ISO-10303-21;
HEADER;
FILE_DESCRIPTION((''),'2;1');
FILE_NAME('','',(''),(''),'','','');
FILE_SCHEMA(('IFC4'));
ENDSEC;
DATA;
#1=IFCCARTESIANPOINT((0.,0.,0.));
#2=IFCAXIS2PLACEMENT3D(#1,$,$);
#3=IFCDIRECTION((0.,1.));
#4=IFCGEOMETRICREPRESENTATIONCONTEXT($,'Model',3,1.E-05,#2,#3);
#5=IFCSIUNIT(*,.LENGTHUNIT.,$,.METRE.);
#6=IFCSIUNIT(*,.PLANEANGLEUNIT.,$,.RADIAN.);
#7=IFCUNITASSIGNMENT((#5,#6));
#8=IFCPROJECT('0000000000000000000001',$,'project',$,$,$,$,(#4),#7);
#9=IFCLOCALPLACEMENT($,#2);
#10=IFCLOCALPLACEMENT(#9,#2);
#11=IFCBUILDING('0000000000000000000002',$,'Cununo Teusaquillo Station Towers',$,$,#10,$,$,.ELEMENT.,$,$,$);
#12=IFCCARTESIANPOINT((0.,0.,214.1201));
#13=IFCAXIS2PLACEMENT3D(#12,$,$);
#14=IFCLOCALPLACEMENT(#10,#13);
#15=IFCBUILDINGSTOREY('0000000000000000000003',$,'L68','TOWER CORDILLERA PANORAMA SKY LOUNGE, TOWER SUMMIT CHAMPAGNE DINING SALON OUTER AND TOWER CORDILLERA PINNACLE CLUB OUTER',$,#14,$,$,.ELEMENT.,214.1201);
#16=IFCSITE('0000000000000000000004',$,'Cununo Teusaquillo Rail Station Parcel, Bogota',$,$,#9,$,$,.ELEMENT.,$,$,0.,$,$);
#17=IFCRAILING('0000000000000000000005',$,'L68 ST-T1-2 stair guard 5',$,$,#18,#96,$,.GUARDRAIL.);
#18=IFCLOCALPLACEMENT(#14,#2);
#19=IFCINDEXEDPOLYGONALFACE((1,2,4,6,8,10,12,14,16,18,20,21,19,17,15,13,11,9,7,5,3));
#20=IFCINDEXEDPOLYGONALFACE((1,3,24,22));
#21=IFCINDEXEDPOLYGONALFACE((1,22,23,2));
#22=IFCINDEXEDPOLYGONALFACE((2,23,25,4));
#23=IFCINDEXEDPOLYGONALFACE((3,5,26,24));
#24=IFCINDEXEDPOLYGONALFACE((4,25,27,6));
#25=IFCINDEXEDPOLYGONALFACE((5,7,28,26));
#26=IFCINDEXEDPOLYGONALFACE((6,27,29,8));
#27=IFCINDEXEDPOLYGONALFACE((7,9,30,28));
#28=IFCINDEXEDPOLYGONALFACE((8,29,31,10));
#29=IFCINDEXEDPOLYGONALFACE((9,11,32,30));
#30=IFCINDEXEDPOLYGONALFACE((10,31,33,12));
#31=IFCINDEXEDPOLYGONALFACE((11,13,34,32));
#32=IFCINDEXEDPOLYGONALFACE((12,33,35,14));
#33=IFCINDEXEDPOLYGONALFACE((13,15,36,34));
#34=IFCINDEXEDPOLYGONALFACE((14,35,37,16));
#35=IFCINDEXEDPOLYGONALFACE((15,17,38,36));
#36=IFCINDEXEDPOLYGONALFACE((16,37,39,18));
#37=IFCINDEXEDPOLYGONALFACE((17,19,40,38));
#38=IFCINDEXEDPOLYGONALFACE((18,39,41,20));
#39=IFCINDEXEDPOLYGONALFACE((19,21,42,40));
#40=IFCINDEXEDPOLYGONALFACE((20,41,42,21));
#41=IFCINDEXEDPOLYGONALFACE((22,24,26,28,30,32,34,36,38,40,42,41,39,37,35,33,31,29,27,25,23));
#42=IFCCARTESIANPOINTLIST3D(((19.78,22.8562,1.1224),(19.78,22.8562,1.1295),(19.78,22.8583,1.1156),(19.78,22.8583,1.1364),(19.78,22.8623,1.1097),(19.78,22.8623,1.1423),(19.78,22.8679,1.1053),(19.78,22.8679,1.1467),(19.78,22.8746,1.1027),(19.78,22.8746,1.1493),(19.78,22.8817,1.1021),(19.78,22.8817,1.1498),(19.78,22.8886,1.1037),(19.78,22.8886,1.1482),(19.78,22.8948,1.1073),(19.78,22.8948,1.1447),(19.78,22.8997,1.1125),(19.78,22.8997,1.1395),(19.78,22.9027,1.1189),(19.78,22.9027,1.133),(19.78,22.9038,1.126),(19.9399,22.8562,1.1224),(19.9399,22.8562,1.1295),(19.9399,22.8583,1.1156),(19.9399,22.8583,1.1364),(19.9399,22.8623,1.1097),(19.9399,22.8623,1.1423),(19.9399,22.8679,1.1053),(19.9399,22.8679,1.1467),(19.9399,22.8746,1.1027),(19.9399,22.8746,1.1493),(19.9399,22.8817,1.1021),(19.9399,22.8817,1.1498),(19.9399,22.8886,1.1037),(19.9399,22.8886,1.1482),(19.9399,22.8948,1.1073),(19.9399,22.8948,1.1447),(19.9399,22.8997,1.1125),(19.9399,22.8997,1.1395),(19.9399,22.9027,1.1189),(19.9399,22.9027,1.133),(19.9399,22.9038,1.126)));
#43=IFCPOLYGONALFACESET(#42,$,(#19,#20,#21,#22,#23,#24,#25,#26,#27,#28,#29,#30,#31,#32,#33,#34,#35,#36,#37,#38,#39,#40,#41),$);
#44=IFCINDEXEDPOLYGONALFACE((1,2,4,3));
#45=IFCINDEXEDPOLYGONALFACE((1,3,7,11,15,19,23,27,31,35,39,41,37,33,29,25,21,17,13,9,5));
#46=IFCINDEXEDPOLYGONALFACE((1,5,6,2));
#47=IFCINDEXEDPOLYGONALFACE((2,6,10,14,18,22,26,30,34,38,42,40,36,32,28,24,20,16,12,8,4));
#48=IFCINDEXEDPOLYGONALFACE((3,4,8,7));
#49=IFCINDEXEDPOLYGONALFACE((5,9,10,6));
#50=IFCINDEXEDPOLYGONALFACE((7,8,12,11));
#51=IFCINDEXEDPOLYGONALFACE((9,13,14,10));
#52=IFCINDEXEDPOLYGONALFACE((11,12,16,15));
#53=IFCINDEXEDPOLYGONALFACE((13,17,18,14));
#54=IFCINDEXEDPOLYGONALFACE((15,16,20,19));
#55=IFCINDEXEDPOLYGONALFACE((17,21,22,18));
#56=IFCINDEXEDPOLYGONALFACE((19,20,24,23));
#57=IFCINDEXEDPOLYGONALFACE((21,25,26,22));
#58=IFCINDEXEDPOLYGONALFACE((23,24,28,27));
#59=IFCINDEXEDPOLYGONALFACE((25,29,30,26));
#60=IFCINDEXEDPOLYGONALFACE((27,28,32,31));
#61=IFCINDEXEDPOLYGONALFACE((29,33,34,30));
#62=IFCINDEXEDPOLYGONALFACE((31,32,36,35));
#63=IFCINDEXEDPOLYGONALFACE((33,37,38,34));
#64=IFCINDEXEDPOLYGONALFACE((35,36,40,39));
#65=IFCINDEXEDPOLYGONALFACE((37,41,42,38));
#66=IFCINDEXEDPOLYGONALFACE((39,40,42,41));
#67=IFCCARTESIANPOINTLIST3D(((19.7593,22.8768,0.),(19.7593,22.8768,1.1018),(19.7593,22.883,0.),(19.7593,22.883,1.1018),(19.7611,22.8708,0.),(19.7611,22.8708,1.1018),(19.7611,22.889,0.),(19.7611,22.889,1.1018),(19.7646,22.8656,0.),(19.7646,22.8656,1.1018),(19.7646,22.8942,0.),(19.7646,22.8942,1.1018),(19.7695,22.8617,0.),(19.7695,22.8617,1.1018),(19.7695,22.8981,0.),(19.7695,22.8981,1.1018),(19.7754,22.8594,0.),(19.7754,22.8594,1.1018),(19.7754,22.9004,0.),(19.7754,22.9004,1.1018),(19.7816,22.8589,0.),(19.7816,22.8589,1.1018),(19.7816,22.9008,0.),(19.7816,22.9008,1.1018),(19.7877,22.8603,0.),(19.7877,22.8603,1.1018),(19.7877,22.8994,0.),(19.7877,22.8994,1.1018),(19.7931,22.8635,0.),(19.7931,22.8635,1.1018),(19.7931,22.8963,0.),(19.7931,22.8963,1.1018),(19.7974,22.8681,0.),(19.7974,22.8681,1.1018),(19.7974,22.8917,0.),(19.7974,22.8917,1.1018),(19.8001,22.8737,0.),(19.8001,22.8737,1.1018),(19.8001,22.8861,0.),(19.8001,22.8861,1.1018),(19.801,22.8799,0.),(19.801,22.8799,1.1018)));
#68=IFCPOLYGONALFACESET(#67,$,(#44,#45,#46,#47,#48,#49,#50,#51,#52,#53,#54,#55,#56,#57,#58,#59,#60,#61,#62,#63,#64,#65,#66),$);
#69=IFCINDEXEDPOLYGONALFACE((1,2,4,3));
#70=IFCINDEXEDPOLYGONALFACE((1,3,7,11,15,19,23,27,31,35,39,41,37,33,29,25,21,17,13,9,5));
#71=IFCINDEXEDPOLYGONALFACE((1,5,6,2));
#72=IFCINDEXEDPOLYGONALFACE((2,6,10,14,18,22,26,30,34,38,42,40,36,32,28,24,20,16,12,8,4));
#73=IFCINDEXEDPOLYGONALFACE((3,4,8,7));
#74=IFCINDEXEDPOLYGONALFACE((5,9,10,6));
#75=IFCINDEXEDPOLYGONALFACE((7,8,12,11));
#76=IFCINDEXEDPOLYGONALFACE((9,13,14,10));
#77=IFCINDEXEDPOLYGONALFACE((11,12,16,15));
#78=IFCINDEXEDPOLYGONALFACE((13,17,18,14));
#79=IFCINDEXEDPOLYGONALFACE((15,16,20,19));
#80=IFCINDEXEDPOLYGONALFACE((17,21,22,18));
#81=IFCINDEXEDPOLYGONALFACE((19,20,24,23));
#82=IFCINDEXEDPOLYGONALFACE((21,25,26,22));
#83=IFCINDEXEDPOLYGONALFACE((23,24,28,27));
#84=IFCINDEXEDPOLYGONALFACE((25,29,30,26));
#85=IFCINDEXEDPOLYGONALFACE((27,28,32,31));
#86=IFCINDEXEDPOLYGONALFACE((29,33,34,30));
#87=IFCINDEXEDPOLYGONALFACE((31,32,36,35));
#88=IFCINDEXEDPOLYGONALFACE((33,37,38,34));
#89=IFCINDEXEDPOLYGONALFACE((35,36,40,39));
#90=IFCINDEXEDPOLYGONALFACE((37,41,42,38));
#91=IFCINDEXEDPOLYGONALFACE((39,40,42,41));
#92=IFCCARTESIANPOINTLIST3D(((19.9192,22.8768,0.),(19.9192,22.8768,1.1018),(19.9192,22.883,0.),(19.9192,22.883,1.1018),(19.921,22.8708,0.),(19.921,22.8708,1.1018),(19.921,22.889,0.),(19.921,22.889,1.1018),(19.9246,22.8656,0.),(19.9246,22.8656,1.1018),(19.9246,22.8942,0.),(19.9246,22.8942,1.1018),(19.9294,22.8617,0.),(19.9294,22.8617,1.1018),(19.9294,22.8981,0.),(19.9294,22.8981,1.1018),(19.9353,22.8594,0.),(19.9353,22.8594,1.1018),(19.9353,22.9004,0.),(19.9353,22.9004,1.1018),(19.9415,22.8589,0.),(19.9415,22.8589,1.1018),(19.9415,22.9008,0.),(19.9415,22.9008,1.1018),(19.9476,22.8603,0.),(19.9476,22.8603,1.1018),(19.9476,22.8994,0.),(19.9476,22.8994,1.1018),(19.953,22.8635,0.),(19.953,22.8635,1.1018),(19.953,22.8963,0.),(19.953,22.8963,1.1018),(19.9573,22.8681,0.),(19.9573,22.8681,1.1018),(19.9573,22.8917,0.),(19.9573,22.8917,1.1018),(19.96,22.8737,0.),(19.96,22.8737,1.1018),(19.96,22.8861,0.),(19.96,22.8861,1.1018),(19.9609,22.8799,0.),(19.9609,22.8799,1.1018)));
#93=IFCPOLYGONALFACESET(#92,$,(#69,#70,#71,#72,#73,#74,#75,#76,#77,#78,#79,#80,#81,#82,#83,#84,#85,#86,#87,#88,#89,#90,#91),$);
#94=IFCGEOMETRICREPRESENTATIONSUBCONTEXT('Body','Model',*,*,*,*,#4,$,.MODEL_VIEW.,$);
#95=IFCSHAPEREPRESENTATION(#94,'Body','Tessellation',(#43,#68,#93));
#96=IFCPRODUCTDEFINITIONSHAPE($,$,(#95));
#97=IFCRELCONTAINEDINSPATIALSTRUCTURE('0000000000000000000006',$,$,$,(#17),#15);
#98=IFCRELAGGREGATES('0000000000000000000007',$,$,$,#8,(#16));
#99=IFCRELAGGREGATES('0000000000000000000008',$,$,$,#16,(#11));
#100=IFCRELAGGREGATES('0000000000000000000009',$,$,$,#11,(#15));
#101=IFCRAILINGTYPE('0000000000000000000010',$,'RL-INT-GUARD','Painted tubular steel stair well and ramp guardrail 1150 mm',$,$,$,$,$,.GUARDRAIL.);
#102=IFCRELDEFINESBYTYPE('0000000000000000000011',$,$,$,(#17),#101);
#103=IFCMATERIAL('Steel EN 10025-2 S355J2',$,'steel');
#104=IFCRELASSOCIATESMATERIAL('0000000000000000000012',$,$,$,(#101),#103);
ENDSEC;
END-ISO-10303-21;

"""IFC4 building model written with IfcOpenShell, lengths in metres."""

from ifc_helpers import new_model, si_unit, direction, frame, origin, origin_2d, place, context, subcontext, project, spatial, circle, extrude, material, type_object, element, save


model = new_model("IFC4")

# Units and contexts
model_context = context("Model", 3, precision=1e-05, world=origin(), true_north=direction((0.0, 1.0)))
body_context = subcontext(model_context, "Body", "Model", "MODEL_VIEW")
ifc_project = project(units=[si_unit("LENGTHUNIT", "METRE"), si_unit("PLANEANGLEUNIT", "RADIAN")], contexts=[model_context])

# Site, building, storey
site_placement = place(None, origin())
site = spatial("IfcSite", under=ifc_project, at=site_placement, Name="Cununo Teusaquillo Rail Station Parcel, Bogota", CompositionType="ELEMENT", RefElevation=0.0)
building_placement = place(site_placement, origin())
building = spatial("IfcBuilding", under=site, at=building_placement, Name="Cununo Teusaquillo Station Towers", CompositionType="ELEMENT")
storey_placement = place(building_placement, frame((0.0, 0.0, 214.1201)))
storey = spatial("IfcBuildingStorey", under=building, at=storey_placement, Name="L68", Description="TOWER CORDILLERA PANORAMA SKY LOUNGE, TOWER SUMMIT CHAMPAGNE DINING SALON OUTER AND TOWER CORDILLERA PINNACLE CLUB OUTER", CompositionType="ELEMENT", Elevation=214.1201)

# Railing
ifc_material_1 = material(Name="Steel EN 10025-2 S355J2", Category="steel")
railing_type_1 = type_object("IfcRailingType", Name="RL-INT-GUARD", Description="Painted tubular steel stair well and ramp guardrail 1150 mm", PredefinedType="GUARDRAIL", material=ifc_material_1)
railing_1_placement = place(storey_placement, frame((19.78, 22.8799, 0.0)))
element("IfcRailing", 1, at=railing_1_placement, inside=storey, type_object=railing_type_1, Name="L68 ST-T1-2 stair guard 5", PredefinedType="GUARDRAIL", context=body_context, shape_type="SweptSolid", body=[
    extrude(circle(Radius=0.0239, at=origin_2d()), frame((0.0, 0.0, 1.126), z_axis=(1.0, 0.0, 0.0), x_axis=(0.0, 1.0, 0.0)), (0.0, 0.0, 1.0), 0.1599),
    extrude(circle(Radius=0.021, at=origin_2d()), origin(), (0.0, 0.0, 1.0), 1.1018),
    extrude(circle(Radius=0.021, at=origin_2d()), frame((0.1599, 0.0, 0.0)), (0.0, 0.0, 1.0), 1.1018),
])

save(model, "model.ifc")
